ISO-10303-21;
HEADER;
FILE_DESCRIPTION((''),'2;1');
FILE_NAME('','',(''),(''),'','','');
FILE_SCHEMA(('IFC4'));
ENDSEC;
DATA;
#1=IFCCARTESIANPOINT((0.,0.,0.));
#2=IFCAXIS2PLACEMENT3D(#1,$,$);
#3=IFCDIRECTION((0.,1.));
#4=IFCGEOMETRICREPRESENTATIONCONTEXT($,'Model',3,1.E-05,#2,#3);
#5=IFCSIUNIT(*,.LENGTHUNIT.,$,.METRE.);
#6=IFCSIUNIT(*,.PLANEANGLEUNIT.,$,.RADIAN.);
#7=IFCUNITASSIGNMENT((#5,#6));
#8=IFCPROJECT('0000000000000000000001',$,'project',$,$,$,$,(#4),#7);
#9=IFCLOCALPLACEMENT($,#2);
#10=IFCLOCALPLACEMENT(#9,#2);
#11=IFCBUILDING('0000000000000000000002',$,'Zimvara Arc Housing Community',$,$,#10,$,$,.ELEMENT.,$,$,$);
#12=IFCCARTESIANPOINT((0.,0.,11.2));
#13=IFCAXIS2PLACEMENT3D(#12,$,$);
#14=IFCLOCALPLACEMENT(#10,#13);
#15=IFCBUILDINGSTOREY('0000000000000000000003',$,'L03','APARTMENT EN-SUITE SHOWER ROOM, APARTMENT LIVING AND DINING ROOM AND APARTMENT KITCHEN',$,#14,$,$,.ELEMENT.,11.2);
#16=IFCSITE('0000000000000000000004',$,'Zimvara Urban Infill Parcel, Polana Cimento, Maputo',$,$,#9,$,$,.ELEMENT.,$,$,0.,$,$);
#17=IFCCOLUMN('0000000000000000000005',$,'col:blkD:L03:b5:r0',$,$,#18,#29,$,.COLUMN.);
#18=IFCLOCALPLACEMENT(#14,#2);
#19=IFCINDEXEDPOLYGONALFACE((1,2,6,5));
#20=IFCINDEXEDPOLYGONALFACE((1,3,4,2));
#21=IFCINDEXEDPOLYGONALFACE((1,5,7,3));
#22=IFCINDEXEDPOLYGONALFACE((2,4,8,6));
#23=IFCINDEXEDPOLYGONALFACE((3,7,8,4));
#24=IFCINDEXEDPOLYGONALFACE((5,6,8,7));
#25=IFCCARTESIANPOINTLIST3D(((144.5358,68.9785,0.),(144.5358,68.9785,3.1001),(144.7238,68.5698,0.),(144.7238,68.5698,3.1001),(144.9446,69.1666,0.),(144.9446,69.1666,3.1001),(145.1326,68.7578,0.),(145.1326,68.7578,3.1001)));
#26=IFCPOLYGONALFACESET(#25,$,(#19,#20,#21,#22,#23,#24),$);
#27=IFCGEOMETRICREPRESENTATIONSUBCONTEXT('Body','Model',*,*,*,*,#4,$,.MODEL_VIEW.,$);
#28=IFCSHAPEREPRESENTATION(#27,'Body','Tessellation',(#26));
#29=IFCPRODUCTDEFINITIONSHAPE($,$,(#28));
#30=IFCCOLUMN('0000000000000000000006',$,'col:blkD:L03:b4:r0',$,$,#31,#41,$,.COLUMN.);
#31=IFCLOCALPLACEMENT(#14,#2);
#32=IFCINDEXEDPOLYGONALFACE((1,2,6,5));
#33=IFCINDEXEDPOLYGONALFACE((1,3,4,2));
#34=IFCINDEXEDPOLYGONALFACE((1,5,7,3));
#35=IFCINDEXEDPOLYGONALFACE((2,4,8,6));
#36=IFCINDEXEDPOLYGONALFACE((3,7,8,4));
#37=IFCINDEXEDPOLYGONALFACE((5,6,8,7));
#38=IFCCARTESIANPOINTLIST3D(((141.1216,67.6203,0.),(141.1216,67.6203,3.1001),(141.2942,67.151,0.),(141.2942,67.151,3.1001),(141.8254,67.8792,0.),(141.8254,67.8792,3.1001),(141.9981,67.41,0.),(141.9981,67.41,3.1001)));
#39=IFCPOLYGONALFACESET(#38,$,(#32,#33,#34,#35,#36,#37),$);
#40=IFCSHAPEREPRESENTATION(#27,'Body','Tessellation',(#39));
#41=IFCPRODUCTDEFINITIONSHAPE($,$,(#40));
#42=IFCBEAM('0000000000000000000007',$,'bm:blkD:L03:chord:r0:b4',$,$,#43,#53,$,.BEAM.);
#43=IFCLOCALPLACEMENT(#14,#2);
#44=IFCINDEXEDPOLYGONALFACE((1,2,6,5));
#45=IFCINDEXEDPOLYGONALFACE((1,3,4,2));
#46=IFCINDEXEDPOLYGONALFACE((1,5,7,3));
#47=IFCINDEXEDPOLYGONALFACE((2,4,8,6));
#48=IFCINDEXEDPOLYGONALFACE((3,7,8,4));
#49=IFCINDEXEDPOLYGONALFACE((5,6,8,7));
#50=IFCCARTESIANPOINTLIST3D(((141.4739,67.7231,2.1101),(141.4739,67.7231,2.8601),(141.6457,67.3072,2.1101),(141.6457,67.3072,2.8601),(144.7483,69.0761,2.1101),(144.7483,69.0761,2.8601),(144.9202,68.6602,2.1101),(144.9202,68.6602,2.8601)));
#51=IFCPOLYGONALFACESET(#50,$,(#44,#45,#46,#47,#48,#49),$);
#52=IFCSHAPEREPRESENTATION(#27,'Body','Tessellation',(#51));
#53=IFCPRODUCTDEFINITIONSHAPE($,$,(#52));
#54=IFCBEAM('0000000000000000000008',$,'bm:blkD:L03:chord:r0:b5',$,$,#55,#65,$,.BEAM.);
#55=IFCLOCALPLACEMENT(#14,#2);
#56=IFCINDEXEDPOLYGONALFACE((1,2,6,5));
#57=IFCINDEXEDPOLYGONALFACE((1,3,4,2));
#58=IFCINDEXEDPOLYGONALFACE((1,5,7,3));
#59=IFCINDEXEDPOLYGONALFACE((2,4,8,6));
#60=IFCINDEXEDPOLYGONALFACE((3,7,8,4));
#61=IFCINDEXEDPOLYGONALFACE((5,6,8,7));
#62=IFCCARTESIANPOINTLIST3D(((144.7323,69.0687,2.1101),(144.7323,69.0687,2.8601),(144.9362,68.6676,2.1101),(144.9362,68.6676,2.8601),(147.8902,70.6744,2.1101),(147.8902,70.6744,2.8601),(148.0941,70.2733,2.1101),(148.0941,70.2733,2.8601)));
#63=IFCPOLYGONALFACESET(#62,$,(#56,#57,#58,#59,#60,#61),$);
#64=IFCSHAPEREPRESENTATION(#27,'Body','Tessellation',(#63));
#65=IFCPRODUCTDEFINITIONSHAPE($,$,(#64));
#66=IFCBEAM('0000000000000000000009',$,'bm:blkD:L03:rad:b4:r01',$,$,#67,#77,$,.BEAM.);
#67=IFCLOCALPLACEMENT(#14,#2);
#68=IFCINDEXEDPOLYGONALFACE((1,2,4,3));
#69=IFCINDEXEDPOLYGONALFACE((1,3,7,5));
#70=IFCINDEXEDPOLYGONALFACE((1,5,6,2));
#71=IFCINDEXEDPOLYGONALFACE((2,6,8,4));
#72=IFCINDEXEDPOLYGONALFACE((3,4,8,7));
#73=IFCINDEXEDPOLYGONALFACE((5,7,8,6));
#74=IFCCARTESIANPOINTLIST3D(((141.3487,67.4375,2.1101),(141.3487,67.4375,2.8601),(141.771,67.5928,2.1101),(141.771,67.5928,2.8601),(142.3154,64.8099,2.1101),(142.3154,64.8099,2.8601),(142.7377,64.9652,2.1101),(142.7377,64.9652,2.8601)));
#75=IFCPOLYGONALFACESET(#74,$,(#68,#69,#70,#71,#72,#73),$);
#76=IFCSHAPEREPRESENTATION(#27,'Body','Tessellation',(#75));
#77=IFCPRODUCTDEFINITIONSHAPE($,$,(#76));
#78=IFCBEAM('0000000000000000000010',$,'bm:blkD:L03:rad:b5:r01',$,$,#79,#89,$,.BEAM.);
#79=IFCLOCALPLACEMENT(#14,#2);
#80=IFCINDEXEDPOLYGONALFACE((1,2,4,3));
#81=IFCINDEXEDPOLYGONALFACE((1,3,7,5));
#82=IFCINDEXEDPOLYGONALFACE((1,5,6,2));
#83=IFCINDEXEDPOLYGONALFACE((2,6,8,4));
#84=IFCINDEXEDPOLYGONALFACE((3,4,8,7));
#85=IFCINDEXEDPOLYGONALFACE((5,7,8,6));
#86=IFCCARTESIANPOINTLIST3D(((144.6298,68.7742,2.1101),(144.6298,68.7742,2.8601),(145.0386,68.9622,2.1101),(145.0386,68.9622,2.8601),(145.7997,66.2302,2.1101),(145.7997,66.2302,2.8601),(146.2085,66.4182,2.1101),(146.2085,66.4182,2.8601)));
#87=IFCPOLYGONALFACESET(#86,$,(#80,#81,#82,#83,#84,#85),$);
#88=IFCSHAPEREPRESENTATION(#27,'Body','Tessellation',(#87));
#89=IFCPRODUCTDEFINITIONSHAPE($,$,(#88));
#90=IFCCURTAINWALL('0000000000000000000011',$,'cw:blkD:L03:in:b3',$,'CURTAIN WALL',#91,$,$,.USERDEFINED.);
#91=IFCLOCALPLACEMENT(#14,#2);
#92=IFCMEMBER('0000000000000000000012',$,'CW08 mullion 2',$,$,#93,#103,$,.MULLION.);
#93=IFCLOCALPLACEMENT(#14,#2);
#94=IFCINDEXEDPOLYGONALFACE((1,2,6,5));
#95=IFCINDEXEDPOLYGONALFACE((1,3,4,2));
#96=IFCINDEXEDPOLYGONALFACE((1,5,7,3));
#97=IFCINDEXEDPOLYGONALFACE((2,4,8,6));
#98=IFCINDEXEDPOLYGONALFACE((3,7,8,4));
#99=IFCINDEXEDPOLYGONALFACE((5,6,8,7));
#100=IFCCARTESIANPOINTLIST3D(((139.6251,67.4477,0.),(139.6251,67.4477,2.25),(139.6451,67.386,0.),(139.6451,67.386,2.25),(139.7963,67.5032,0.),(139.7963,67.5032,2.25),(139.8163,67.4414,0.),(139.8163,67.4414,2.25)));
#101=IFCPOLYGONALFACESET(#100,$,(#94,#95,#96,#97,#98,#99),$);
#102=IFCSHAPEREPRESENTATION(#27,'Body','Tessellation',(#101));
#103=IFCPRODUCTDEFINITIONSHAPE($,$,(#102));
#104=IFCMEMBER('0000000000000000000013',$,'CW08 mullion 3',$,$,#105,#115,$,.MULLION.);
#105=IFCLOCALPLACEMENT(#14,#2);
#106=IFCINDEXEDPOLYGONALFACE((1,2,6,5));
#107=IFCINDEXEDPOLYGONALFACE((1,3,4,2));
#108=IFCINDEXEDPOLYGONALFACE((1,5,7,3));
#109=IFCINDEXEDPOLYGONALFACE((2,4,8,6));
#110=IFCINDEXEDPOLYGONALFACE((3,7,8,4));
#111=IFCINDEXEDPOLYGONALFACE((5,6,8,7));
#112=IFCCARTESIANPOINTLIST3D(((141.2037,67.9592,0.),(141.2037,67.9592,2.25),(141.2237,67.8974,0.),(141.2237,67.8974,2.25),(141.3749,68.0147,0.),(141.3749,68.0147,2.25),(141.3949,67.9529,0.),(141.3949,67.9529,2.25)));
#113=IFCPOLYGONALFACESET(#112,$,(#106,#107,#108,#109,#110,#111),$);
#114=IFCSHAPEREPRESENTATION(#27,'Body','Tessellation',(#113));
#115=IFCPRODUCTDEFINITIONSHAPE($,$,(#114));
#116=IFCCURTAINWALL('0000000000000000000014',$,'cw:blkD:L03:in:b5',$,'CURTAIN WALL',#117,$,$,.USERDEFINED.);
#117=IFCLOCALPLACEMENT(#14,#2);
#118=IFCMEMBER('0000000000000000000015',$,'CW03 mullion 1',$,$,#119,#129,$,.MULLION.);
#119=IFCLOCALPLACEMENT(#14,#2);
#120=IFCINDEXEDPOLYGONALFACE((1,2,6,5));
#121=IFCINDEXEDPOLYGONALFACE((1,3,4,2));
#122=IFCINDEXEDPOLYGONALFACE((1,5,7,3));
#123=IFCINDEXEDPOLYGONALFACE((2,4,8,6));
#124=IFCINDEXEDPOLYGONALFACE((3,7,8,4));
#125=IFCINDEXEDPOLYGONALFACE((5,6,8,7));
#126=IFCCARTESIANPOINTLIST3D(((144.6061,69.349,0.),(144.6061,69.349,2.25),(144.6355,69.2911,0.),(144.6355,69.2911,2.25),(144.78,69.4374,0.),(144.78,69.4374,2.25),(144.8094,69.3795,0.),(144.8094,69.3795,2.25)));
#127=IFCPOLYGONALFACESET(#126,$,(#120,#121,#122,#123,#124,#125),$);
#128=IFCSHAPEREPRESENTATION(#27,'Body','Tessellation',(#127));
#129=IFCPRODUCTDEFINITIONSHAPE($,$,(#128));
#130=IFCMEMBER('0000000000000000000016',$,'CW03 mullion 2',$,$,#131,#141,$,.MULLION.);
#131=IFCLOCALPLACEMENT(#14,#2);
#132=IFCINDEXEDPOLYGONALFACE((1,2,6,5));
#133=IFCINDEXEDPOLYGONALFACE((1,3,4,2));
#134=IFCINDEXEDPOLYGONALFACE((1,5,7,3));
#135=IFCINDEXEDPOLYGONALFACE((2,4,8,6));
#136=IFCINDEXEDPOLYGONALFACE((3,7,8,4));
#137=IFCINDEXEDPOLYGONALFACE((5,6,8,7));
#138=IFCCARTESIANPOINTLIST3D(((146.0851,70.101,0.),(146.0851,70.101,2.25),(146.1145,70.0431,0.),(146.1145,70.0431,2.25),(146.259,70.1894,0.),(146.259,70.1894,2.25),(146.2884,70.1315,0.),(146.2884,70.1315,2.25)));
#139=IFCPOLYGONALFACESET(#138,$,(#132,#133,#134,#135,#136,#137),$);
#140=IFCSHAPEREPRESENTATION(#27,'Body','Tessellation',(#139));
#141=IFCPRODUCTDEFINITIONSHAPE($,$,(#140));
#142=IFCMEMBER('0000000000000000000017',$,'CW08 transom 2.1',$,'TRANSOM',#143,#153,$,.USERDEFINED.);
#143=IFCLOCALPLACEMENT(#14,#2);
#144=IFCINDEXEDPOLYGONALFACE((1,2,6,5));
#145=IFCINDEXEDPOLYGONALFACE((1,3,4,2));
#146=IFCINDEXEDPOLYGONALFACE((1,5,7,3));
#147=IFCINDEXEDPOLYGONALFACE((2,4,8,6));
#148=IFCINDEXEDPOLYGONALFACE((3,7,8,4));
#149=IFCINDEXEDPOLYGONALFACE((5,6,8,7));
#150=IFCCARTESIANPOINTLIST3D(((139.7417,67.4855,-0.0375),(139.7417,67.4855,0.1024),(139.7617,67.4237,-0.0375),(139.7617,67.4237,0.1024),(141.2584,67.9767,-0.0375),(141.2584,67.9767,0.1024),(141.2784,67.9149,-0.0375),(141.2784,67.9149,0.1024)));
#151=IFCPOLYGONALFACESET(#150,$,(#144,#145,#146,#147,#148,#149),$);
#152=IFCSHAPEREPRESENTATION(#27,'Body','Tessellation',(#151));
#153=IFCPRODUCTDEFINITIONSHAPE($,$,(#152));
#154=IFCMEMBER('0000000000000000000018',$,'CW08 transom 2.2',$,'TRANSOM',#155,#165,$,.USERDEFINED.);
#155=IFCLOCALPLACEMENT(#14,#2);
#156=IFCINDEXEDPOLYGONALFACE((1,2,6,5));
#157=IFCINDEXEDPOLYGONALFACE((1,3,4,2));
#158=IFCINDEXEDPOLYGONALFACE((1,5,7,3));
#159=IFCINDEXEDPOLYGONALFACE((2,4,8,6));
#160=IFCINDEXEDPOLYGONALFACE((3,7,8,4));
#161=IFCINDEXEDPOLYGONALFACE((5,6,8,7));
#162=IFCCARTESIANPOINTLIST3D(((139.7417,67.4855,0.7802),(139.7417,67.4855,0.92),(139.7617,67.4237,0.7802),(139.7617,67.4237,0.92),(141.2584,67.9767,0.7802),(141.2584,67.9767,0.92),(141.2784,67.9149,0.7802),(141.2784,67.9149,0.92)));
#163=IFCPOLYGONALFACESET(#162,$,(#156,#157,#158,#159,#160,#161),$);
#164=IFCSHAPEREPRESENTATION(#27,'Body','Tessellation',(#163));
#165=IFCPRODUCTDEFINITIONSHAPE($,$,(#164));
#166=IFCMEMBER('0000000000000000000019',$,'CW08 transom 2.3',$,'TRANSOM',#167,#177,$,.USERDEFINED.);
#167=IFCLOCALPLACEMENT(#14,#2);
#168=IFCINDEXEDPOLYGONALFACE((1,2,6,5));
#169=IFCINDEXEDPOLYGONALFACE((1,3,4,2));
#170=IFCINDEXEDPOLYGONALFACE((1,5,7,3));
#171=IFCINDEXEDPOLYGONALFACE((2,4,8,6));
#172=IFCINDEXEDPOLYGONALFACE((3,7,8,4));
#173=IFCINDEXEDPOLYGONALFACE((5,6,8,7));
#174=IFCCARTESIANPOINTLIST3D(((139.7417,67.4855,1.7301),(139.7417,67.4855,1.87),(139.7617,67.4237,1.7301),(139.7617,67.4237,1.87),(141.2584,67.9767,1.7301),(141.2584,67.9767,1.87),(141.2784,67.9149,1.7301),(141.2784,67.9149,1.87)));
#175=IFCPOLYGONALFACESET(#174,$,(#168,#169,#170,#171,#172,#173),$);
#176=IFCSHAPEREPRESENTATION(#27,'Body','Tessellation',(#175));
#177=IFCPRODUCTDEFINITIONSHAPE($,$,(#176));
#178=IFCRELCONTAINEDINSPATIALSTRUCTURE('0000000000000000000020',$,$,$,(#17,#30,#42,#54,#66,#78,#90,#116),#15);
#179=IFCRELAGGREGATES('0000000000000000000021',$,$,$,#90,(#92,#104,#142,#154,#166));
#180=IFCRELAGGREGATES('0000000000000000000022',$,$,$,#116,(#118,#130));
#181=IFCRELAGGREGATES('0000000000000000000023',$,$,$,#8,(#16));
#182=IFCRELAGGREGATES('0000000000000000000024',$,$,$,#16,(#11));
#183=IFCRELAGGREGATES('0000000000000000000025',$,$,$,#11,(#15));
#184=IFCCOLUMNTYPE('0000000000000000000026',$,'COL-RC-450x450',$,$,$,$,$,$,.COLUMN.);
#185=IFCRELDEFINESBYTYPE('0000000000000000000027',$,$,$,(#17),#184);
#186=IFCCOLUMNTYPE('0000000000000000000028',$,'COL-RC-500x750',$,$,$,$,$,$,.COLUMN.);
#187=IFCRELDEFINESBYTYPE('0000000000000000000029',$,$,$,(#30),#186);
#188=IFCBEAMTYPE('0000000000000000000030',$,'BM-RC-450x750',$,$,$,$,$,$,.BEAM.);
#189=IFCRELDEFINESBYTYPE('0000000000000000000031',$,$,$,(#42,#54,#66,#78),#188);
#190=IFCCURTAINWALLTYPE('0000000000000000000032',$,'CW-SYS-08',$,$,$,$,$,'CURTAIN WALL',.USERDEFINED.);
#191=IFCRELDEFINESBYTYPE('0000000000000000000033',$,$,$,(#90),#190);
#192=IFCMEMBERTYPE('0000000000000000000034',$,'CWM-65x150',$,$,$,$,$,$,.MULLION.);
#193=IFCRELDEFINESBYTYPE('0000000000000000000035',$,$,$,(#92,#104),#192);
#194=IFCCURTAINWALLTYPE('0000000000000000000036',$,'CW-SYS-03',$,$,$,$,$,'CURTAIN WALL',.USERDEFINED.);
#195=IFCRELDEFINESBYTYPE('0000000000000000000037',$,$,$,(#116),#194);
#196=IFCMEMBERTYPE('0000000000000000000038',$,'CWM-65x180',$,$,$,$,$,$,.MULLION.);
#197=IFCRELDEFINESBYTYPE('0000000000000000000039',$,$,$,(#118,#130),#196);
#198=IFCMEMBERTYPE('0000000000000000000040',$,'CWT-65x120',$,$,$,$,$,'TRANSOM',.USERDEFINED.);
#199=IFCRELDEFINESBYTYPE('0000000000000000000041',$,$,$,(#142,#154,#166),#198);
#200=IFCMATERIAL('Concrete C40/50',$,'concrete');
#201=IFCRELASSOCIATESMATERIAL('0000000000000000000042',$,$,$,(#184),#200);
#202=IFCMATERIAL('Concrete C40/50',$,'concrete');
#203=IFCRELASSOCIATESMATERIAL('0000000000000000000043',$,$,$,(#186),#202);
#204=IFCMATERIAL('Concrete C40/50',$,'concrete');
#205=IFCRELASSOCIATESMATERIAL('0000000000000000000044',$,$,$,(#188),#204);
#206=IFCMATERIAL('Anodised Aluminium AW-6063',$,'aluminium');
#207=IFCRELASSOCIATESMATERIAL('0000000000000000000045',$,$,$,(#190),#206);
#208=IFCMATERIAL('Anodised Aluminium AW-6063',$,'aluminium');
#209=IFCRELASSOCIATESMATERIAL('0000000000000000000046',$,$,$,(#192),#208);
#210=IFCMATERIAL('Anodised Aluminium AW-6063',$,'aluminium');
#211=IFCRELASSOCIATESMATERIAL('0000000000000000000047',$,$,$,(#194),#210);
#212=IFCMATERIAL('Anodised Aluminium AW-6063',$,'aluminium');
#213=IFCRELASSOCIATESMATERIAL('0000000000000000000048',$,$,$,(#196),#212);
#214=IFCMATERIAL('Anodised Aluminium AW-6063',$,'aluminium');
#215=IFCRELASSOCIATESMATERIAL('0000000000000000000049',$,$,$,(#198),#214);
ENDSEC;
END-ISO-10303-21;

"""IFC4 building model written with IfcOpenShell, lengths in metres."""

from ifc_helpers import new_model, si_unit, direction, frame, origin, origin_2d, place, context, subcontext, project, spatial, rectangle, extrude, material, material_profile, profile_set, type_object, element, aggregate, save


model = new_model("IFC4")

# Units and contexts
model_context = context("Model", 3, precision=1e-05, world=origin(), true_north=direction((0.0, 1.0)))
body_context = subcontext(model_context, "Body", "Model", "MODEL_VIEW")
ifc_project = project(units=[si_unit("LENGTHUNIT", "METRE"), si_unit("PLANEANGLEUNIT", "RADIAN")], contexts=[model_context])

# Site, building, storey
site_placement = place(None, origin())
site = spatial("IfcSite", under=ifc_project, at=site_placement, Name="Zimvara Urban Infill Parcel, Polana Cimento, Maputo", CompositionType="ELEMENT", RefElevation=0.0)
building_placement = place(site_placement, origin())
building = spatial("IfcBuilding", under=site, at=building_placement, Name="Zimvara Arc Housing Community", CompositionType="ELEMENT")
storey_placement = place(building_placement, frame((0.0, 0.0, 11.2)))
storey = spatial("IfcBuildingStorey", under=building, at=storey_placement, Name="L03", Description="APARTMENT EN-SUITE SHOWER ROOM, APARTMENT LIVING AND DINING ROOM AND APARTMENT KITCHEN", CompositionType="ELEMENT", Elevation=11.2)

# Columns
ifc_material_1 = material(Name="Concrete C40/50", Category="concrete")
ifc_material_profile_1 = material_profile(ifc_material_1, rectangle(XDim=0.45, YDim=0.45, at=origin_2d()), Name="RC 450x450")
ifc_profile_set_1 = profile_set([ifc_material_profile_1], Name="Concrete C40/50")
column_type_1 = type_object("IfcColumnType", Name="COL-RC-450x450", PredefinedType="COLUMN", material=ifc_profile_set_1)
column_1_placement = place(storey_placement, frame((144.8342, 68.8682, 0.0), z_axis=(0.0, 0.0, 1.0), x_axis=(0.417867, -0.908508, 0.0)))
element("IfcColumn", 1, at=column_1_placement, inside=storey, type_object=column_type_1, Name="col:blkD:L03:b5:r0", PredefinedType="COLUMN", context=body_context, shape_type="SweptSolid", body=[
    extrude(rectangle(XDim=0.45, YDim=0.45, at=origin_2d()), origin(), (0.0, 0.0, 1.0), 3.1001),
])
ifc_material_2 = material(Name="Concrete C40/50", Category="concrete")
ifc_material_profile_2 = material_profile(ifc_material_2, rectangle(XDim=0.5, YDim=0.75, at=origin_2d()), Name="RC 500x750")
ifc_profile_set_2 = profile_set([ifc_material_profile_2], Name="Concrete C40/50")
column_type_2 = type_object("IfcColumnType", Name="COL-RC-500x750", PredefinedType="COLUMN", material=ifc_profile_set_2)
column_2_placement = place(storey_placement, frame((141.5598, 67.5151, 0.0), z_axis=(0.0, 0.0, 1.0), x_axis=(0.345298, -0.938493, 0.0)))
element("IfcColumn", 2, at=column_2_placement, inside=storey, type_object=column_type_2, Name="col:blkD:L03:b4:r0", PredefinedType="COLUMN", context=body_context, shape_type="SweptSolid", body=[
    extrude(rectangle(XDim=0.5, YDim=0.75, at=origin_2d()), origin(), (0.0, 0.0, 1.0), 3.1001),
])

# Beams
ifc_material_3 = material(Name="Concrete C40/50", Category="concrete")
ifc_material_profile_3 = material_profile(ifc_material_3, rectangle(XDim=0.45, YDim=0.75, at=origin_2d()), Name="RC 450x750")
ifc_profile_set_3 = profile_set([ifc_material_profile_3], Name="Concrete C40/50")
beam_type = type_object("IfcBeamType", Name="BM-RC-450x750", PredefinedType="BEAM", material=ifc_profile_set_3)
beam_1_placement = place(storey_placement, frame((141.5598, 67.5151, 2.4851), z_axis=(0.924206, 0.381893, 0.0), x_axis=(-0.381893, 0.924206, 0.0)))
element("IfcBeam", 3, at=beam_1_placement, inside=storey, type_object=beam_type, Name="bm:blkD:L03:chord:r0:b4", PredefinedType="BEAM", context=body_context, shape_type="SweptSolid", body=[
    extrude(rectangle(XDim=0.45, YDim=0.75, at=origin_2d()), origin(), (0.0, 0.0, 1.0), 3.543),
])
beam_2_placement = place(storey_placement, frame((144.8342, 68.8682, 2.4851), z_axis=(0.891388, 0.45324, 0.0), x_axis=(-0.45324, 0.891388, 0.0)))
element("IfcBeam", 4, at=beam_2_placement, inside=storey, type_object=beam_type, Name="bm:blkD:L03:chord:r0:b5", PredefinedType="BEAM", context=body_context, shape_type="SweptSolid", body=[
    extrude(rectangle(XDim=0.45, YDim=0.75, at=origin_2d()), origin(), (0.0, 0.0, 1.0), 3.5427),
])
beam_3_placement = place(storey_placement, frame((141.5598, 67.5151, 2.4851), z_axis=(0.345297, -0.938493, 0.0), x_axis=(0.938493, 0.345297, 0.0)))
element("IfcBeam", 5, at=beam_3_placement, inside=storey, type_object=beam_type, Name="bm:blkD:L03:rad:b4:r01", PredefinedType="BEAM", context=body_context, shape_type="SweptSolid", body=[
    extrude(rectangle(XDim=0.45, YDim=0.75, at=origin_2d()), origin(), (0.0, 0.0, 1.0), 2.7998),
])
beam_4_placement = place(storey_placement, frame((144.8342, 68.8682, 2.4851), z_axis=(0.417819, -0.90853, 0.0), x_axis=(0.90853, 0.417819, 0.0)))
element("IfcBeam", 6, at=beam_4_placement, inside=storey, type_object=beam_type, Name="bm:blkD:L03:rad:b5:r01", PredefinedType="BEAM", context=body_context, shape_type="SweptSolid", body=[
    extrude(rectangle(XDim=0.45, YDim=0.75, at=origin_2d()), origin(), (0.0, 0.0, 1.0), 2.8),
])

# Curtain walls, members
ifc_material_4 = material(Name="Anodised Aluminium AW-6063", Category="aluminium")
curtain_wall_type_1 = type_object("IfcCurtainWallType", Name="CW-SYS-08", ElementType="CURTAIN WALL", PredefinedType="USERDEFINED", material=ifc_material_4)
curtain_wall_1_placement = place(storey_placement, origin())
curtain_wall_1 = element("IfcCurtainWall", 7, at=curtain_wall_1_placement, inside=storey, type_object=curtain_wall_type_1, Name="cw:blkD:L03:in:b3", ObjectType="CURTAIN WALL", PredefinedType="USERDEFINED")
ifc_material_5 = material(Name="Anodised Aluminium AW-6063", Category="aluminium")
ifc_material_profile_4 = material_profile(ifc_material_5, rectangle(XDim=0.0649, YDim=0.1799, at=origin_2d()), Name="ALU 65x180")
ifc_profile_set_4 = profile_set([ifc_material_profile_4], Name="Anodised Aluminium AW-6063")
member_type_1 = type_object("IfcMemberType", Name="CWM-65x150", PredefinedType="MULLION", material=ifc_profile_set_4)
member_1_placement = place(storey_placement, frame((139.7207, 67.4446, 0.0), z_axis=(0.0, 0.0, 1.0), x_axis=(-0.308185, 0.951326, 0.0)))
member_1 = element("IfcMember", 8, at=member_1_placement, type_object=member_type_1, Name="CW08 mullion 2", PredefinedType="MULLION", context=body_context, shape_type="SweptSolid", body=[
    extrude(rectangle(XDim=0.0649, YDim=0.1799, at=origin_2d()), origin(), (0.0, 0.0, 1.0), 2.25),
])
member_2_placement = place(storey_placement, frame((141.2993, 67.9561, 0.0), z_axis=(0.0, 0.0, 1.0), x_axis=(-0.308185, 0.951326, 0.0)))
member_2 = element("IfcMember", 9, at=member_2_placement, type_object=member_type_1, Name="CW08 mullion 3", PredefinedType="MULLION", context=body_context, shape_type="SweptSolid", body=[
    extrude(rectangle(XDim=0.0649, YDim=0.1799, at=origin_2d()), origin(), (0.0, 0.0, 1.0), 2.25),
])
ifc_material_6 = material(Name="Anodised Aluminium AW-6063", Category="aluminium")
curtain_wall_type_2 = type_object("IfcCurtainWallType", Name="CW-SYS-03", ElementType="CURTAIN WALL", PredefinedType="USERDEFINED", material=ifc_material_6)
curtain_wall_2_placement = place(storey_placement, origin())
curtain_wall_2 = element("IfcCurtainWall", 10, at=curtain_wall_2_placement, inside=storey, type_object=curtain_wall_type_2, Name="cw:blkD:L03:in:b5", ObjectType="CURTAIN WALL", PredefinedType="USERDEFINED")
ifc_material_7 = material(Name="Anodised Aluminium AW-6063", Category="aluminium")
ifc_material_profile_5 = material_profile(ifc_material_7, rectangle(XDim=0.0649, YDim=0.1951, at=origin_2d()), Name="ALU 65x195")
ifc_profile_set_5 = profile_set([ifc_material_profile_5], Name="Anodised Aluminium AW-6063")
member_type_2 = type_object("IfcMemberType", Name="CWM-65x180", PredefinedType="MULLION", material=ifc_profile_set_5)
member_3_placement = place(storey_placement, frame((144.7078, 69.3643, 0.0), z_axis=(0.0, 0.0, 1.0), x_axis=(-0.453211, 0.891403, 0.0)))
member_3 = element("IfcMember", 11, at=member_3_placement, type_object=member_type_2, Name="CW03 mullion 1", PredefinedType="MULLION", context=body_context, shape_type="SweptSolid", body=[
    extrude(rectangle(XDim=0.0649, YDim=0.1951, at=origin_2d()), origin(), (0.0, 0.0, 1.0), 2.25),
])
member_4_placement = place(storey_placement, frame((146.1868, 70.1162, 0.0), z_axis=(0.0, 0.0, 1.0), x_axis=(-0.453211, 0.891403, 0.0)))
member_4 = element("IfcMember", 12, at=member_4_placement, type_object=member_type_2, Name="CW03 mullion 2", PredefinedType="MULLION", context=body_context, shape_type="SweptSolid", body=[
    extrude(rectangle(XDim=0.0649, YDim=0.1951, at=origin_2d()), origin(), (0.0, 0.0, 1.0), 2.25),
])

# Members
ifc_material_8 = material(Name="Anodised Aluminium AW-6063", Category="aluminium")
ifc_material_profile_6 = material_profile(ifc_material_8, rectangle(XDim=0.0649, YDim=0.1399, at=origin_2d()), Name="ALU 65x140")
ifc_profile_set_6 = profile_set([ifc_material_profile_6], Name="Anodised Aluminium AW-6063")
member_type_3 = type_object("IfcMemberType", Name="CWT-65x120", ElementType="TRANSOM", PredefinedType="USERDEFINED", material=ifc_profile_set_6)
member_5_placement = place(storey_placement, frame((139.7517, 67.4546, 0.0325), z_axis=(0.951344, 0.30813, 0.0), x_axis=(-0.30813, 0.951344, 0.0)))
member_5 = element("IfcMember", 13, at=member_5_placement, type_object=member_type_3, Name="CW08 transom 2.1", ObjectType="TRANSOM", PredefinedType="USERDEFINED", context=body_context, shape_type="SweptSolid", body=[
    extrude(rectangle(XDim=0.0649, YDim=0.1399, at=origin_2d()), origin(), (0.0, 0.0, 1.0), 1.5942),
])
member_6_placement = place(storey_placement, frame((139.7517, 67.4546, 0.8501), z_axis=(0.951344, 0.30813, 0.0), x_axis=(-0.30813, 0.951344, 0.0)))
member_6 = element("IfcMember", 14, at=member_6_placement, type_object=member_type_3, Name="CW08 transom 2.2", ObjectType="TRANSOM", PredefinedType="USERDEFINED", context=body_context, shape_type="SweptSolid", body=[
    extrude(rectangle(XDim=0.0649, YDim=0.1399, at=origin_2d()), origin(), (0.0, 0.0, 1.0), 1.5942),
])
member_7_placement = place(storey_placement, frame((139.7517, 67.4546, 1.8), z_axis=(0.951344, 0.30813, 0.0), x_axis=(-0.30813, 0.951344, 0.0)))
member_7 = element("IfcMember", 15, at=member_7_placement, type_object=member_type_3, Name="CW08 transom 2.3", ObjectType="TRANSOM", PredefinedType="USERDEFINED", context=body_context, shape_type="SweptSolid", body=[
    extrude(rectangle(XDim=0.0649, YDim=0.1399, at=origin_2d()), origin(), (0.0, 0.0, 1.0), 1.5942),
])

aggregate(curtain_wall_1, [member_1, member_2, member_5, member_6, member_7])
aggregate(curtain_wall_2, [member_3, member_4])

save(model, "model.ifc")
